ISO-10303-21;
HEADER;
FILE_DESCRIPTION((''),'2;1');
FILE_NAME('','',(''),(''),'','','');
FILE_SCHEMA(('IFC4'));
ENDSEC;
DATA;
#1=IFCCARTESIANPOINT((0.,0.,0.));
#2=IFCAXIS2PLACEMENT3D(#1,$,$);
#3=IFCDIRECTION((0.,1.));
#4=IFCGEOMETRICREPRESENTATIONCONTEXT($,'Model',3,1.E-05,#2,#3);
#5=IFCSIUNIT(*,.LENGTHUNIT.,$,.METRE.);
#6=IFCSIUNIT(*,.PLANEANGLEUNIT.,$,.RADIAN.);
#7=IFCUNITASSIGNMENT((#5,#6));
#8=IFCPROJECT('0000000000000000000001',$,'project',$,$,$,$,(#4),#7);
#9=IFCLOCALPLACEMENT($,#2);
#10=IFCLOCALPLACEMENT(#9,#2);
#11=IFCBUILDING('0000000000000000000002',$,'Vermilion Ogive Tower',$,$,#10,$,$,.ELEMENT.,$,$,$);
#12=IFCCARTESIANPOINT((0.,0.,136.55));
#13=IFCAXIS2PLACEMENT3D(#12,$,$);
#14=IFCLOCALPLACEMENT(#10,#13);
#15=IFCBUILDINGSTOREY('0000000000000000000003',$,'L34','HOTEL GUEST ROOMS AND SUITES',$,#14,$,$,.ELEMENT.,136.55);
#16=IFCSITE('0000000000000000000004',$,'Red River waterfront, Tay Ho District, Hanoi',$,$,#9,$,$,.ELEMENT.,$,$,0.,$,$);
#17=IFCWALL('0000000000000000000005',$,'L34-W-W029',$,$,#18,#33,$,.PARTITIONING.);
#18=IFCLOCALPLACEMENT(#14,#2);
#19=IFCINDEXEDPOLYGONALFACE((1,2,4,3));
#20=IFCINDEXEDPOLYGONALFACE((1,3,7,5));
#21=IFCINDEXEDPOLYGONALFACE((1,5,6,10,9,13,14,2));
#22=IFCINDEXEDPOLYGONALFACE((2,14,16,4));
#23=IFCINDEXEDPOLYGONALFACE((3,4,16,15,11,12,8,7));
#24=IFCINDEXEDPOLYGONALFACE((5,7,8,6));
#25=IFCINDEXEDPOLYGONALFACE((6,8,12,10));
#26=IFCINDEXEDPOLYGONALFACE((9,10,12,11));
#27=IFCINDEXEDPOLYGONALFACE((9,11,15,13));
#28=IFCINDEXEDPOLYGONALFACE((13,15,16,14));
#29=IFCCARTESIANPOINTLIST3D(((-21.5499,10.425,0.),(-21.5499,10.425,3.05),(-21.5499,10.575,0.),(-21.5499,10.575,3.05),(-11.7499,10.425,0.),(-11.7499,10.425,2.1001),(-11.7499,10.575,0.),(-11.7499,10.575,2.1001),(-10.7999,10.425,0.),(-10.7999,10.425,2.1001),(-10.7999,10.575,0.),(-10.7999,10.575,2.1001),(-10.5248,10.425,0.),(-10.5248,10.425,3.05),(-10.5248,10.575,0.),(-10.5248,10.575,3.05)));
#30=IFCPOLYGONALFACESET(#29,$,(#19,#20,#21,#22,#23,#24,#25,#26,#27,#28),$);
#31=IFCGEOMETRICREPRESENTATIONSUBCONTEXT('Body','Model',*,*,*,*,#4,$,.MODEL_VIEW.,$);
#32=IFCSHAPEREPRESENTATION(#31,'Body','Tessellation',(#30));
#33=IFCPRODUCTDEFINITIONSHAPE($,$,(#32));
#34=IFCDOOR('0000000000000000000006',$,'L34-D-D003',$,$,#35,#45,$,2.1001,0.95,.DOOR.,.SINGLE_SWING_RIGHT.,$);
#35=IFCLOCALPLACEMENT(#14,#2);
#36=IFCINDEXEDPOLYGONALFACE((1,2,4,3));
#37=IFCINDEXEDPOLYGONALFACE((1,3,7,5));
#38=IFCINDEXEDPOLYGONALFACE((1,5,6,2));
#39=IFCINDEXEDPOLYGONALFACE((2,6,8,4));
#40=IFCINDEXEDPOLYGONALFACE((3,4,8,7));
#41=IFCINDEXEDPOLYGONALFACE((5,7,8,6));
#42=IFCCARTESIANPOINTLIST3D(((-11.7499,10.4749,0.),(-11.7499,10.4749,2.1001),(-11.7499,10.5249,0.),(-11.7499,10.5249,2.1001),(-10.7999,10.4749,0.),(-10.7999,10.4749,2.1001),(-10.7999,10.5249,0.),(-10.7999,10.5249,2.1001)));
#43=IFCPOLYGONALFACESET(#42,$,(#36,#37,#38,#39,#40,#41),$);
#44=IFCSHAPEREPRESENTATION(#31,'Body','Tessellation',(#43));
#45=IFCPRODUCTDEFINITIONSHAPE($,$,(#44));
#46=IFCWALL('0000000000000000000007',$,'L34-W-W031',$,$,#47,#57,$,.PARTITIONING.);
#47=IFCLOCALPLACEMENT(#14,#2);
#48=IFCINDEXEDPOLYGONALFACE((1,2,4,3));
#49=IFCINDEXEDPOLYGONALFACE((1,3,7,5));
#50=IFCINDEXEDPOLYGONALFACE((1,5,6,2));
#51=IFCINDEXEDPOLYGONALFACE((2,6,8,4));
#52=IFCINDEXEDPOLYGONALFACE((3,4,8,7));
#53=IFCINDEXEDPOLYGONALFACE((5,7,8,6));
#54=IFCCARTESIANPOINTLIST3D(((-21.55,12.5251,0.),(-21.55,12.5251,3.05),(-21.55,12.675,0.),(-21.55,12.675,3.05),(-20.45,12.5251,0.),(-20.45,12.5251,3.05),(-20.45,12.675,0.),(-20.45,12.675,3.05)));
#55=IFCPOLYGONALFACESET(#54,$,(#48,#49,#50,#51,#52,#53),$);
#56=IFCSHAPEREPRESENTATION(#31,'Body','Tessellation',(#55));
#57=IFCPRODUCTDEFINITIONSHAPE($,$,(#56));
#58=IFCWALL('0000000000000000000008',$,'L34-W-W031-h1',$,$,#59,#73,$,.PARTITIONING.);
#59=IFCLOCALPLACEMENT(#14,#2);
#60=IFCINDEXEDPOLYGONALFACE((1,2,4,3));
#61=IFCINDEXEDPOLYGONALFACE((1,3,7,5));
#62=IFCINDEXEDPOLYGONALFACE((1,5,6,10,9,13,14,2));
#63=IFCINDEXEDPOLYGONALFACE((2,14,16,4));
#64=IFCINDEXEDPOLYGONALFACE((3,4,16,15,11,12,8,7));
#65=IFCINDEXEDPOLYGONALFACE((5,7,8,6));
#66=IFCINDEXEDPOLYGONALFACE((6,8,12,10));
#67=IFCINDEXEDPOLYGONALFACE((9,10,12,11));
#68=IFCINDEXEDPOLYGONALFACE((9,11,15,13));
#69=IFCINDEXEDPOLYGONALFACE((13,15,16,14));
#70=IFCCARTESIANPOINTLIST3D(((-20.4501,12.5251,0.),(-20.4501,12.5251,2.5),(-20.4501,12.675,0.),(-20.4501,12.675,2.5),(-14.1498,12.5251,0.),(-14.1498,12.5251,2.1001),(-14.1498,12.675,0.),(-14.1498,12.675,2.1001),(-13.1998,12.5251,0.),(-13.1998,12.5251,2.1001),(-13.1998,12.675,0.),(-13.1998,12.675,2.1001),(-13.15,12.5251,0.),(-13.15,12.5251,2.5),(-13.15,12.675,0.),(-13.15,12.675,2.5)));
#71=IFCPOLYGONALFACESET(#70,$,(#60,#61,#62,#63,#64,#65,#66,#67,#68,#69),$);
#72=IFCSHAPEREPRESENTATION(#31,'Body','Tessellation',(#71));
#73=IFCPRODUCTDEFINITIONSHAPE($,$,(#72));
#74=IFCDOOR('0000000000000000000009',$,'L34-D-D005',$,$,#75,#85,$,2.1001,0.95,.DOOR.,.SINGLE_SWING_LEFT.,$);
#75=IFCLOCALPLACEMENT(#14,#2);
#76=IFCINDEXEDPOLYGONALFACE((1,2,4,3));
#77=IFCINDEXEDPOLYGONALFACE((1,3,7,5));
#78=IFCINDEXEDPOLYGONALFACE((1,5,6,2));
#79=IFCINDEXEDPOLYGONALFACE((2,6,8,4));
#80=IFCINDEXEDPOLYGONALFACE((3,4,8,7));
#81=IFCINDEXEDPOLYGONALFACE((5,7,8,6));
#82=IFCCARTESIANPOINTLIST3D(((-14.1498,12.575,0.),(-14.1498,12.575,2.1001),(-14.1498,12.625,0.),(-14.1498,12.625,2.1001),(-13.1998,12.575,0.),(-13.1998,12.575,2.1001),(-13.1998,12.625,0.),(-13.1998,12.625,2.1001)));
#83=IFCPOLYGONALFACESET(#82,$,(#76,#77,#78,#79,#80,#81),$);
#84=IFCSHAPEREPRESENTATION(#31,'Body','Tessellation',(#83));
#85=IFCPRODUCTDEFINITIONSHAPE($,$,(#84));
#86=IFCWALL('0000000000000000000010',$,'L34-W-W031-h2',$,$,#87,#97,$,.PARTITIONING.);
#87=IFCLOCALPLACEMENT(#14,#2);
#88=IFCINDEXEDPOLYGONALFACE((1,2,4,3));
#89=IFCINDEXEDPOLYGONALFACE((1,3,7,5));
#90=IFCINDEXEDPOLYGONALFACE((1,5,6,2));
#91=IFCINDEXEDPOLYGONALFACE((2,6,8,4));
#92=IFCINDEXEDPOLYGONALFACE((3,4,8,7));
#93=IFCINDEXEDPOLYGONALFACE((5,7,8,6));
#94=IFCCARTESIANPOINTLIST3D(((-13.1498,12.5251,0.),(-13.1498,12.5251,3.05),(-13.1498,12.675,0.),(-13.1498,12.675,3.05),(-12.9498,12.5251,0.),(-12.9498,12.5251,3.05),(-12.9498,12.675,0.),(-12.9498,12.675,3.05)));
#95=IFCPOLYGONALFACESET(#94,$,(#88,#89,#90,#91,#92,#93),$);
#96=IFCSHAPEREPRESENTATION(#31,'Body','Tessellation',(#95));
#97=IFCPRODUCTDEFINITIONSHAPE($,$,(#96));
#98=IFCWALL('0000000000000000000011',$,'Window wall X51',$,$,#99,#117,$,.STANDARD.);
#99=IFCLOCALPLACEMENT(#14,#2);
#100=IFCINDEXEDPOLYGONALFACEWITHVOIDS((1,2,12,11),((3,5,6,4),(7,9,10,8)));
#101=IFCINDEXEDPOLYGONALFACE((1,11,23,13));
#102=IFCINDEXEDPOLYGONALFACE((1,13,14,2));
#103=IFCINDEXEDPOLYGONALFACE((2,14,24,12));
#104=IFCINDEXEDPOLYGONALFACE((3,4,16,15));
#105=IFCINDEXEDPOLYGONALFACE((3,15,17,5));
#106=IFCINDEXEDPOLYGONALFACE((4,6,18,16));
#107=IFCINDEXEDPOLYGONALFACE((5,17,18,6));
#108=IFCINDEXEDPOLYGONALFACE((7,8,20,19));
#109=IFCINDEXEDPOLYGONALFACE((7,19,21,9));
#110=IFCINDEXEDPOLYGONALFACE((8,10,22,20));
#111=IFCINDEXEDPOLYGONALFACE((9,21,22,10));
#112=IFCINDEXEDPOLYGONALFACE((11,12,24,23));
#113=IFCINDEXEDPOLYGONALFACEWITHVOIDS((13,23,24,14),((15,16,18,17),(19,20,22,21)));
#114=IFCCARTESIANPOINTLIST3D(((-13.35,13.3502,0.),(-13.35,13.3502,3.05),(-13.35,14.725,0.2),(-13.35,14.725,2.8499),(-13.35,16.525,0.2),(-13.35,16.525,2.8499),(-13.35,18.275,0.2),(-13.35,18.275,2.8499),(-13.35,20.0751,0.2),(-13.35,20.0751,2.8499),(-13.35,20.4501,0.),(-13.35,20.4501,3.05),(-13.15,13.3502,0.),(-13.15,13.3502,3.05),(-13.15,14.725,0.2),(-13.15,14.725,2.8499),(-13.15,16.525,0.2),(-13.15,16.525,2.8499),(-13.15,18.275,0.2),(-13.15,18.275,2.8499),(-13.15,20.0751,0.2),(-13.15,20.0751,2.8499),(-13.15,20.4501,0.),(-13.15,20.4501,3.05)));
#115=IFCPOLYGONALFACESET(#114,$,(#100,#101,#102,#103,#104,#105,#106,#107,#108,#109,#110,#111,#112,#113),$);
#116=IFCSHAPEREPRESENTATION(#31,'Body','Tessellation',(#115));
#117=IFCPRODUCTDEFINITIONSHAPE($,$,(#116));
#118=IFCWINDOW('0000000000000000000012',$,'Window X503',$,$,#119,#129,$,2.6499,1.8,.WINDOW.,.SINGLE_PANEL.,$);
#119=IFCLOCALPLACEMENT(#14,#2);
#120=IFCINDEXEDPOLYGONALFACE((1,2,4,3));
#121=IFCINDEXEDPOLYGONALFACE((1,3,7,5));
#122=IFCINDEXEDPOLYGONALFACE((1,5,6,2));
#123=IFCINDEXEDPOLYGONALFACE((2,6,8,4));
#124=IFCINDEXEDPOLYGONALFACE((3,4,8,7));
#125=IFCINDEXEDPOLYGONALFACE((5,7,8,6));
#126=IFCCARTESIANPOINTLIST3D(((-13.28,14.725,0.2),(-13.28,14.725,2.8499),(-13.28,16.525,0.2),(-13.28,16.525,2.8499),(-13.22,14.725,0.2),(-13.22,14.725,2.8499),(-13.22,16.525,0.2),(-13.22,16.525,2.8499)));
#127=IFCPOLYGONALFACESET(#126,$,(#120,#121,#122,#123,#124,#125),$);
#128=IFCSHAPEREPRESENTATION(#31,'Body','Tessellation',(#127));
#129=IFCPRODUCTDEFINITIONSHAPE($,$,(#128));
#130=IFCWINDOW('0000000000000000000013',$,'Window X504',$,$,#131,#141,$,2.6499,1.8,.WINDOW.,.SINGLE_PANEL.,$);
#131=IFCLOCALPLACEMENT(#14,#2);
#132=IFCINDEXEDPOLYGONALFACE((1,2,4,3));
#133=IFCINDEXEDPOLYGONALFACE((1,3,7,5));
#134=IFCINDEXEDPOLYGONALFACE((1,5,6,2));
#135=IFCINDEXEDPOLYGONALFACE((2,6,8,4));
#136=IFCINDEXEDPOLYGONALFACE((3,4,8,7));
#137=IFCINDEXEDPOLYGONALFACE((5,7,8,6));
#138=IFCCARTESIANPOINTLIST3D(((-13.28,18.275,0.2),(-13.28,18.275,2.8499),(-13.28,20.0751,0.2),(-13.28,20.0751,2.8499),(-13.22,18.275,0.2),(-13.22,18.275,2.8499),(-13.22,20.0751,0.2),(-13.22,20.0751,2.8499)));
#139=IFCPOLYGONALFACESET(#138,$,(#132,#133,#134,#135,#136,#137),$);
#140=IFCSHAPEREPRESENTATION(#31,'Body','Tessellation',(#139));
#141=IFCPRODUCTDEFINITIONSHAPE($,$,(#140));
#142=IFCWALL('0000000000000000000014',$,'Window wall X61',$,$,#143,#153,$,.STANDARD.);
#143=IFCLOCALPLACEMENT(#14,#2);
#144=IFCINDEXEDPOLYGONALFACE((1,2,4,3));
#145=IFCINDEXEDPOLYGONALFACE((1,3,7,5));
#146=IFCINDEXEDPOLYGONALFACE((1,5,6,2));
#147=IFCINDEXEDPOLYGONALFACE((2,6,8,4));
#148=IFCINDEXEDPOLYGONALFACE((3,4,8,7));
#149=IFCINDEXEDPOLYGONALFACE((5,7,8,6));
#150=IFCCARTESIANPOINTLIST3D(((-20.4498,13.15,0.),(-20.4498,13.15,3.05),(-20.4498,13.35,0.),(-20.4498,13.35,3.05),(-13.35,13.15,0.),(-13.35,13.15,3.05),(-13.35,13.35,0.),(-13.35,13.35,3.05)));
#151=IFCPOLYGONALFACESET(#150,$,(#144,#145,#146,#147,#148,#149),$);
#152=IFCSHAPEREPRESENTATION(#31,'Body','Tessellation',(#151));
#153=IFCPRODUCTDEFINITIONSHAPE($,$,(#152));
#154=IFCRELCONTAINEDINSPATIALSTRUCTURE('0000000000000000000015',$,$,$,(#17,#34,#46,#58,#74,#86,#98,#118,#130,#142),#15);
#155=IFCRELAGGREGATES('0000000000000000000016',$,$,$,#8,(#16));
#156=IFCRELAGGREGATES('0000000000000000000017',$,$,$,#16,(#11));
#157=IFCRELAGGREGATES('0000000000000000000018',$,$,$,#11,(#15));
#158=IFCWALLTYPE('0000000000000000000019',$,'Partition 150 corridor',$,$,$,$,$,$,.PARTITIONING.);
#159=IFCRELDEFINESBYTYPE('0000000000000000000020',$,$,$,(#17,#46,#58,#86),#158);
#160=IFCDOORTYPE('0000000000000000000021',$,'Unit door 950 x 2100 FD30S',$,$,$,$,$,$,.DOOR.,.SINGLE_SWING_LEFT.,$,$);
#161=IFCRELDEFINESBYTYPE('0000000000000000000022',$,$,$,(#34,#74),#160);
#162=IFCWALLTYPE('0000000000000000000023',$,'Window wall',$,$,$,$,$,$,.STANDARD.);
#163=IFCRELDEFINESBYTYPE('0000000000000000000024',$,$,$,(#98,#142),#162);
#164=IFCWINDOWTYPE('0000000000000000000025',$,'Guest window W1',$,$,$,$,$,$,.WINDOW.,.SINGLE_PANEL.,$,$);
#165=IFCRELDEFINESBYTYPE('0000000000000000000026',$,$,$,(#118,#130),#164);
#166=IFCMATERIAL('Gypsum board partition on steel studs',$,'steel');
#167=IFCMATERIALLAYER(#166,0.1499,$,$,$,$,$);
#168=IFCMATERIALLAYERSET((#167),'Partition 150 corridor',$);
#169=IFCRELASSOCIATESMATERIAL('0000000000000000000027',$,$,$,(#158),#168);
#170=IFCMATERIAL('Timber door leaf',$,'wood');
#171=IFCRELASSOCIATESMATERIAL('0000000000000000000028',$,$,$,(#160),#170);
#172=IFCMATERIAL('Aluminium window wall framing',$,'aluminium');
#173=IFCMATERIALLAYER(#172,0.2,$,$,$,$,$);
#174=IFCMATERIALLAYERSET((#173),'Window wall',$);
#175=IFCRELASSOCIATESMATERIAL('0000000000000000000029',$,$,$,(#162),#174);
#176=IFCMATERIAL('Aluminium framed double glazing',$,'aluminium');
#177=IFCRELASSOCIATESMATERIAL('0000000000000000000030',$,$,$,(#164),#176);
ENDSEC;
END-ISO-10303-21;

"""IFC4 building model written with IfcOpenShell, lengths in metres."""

from ifc_helpers import new_model, si_unit, direction, frame, frame_2d, origin, place, context, subcontext, project, spatial, rectangle, extrude, material, layer, layer_set, type_object, element, fill, save


model = new_model("IFC4")

# Units and contexts
model_context = context("Model", 3, precision=1e-05, world=origin(), true_north=direction((0.0, 1.0)))
body_context = subcontext(model_context, "Body", "Model", "MODEL_VIEW")
ifc_project = project(units=[si_unit("LENGTHUNIT", "METRE"), si_unit("PLANEANGLEUNIT", "RADIAN")], contexts=[model_context])

# Site, building, storey
site_placement = place(None, origin())
site = spatial("IfcSite", under=ifc_project, at=site_placement, Name="Red River waterfront, Tay Ho District, Hanoi", CompositionType="ELEMENT", RefElevation=0.0)
building_placement = place(site_placement, origin())
building = spatial("IfcBuilding", under=site, at=building_placement, Name="Vermilion Ogive Tower", CompositionType="ELEMENT")
storey_placement = place(building_placement, frame((0.0, 0.0, 136.55)))
storey = spatial("IfcBuildingStorey", under=building, at=storey_placement, Name="L34", Description="HOTEL GUEST ROOMS AND SUITES", CompositionType="ELEMENT", Elevation=136.55)

# Wall, opening, door
ifc_material_1 = material(Name="Gypsum board partition on steel studs", Category="steel")
ifc_layer_1 = layer(ifc_material_1, 0.1499)
ifc_layer_set_1 = layer_set([ifc_layer_1], Name="Partition 150 corridor")
wall_type_1 = type_object("IfcWallType", Name="Partition 150 corridor", PredefinedType="PARTITIONING", material=ifc_layer_set_1)
wall_1_placement = place(storey_placement, frame((-21.55, 10.5, 0.0), z_axis=(0.0, 0.0, 1.0), x_axis=(1.0, 0.0, 0.0)))
wall_1 = element("IfcWall", 1, at=wall_1_placement, inside=storey, type_object=wall_type_1, Name="L34-W-W029", PredefinedType="PARTITIONING", context=body_context, shape_type="SweptSolid", body=[
    extrude(rectangle(XDim=11.0251, YDim=0.1499, at=frame_2d((5.5127, 0.0))), origin(), (0.0, 0.0, 1.0), 3.05),
])
opening_1_placement = place(wall_1_placement, frame((9.8, 0.0, 0.0)))
opening_1 = element("IfcOpeningElement", 2, at=opening_1_placement, cuts=wall_1, PredefinedType="OPENING", context=body_context, shape_type="SweptSolid", body=[
    extrude(rectangle(XDim=0.95, YDim=2.1001, at=frame_2d((0.4751, 1.05))), frame((0.0, 0.085, 0.0), z_axis=(0.0, -1.0, 0.0), x_axis=(1.0, 0.0, 0.0)), (0.0, 0.0, 1.0), 0.1699),
])
ifc_material_2 = material(Name="Timber door leaf", Category="wood")
door_type_1 = type_object("IfcDoorType", Name="Unit door 950 x 2100 FD30S", OperationType="SINGLE_SWING_LEFT", PredefinedType="DOOR", material=ifc_material_2)
door_1_placement = place(opening_1_placement, origin())
door_1 = element("IfcDoor", 3, at=door_1_placement, inside=storey, type_object=door_type_1, Name="L34-D-D003", OperationType="SINGLE_SWING_RIGHT", OverallHeight=2.1001, OverallWidth=0.95, PredefinedType="DOOR", context=body_context, shape_type="SweptSolid", body=[
    extrude(rectangle(XDim=0.95, YDim=2.1001, at=frame_2d((0.4751, 1.05))), frame((0.0, 0.0249, 0.0), z_axis=(0.0, -1.0, 0.0), x_axis=(1.0, 0.0, 0.0)), (0.0, 0.0, 1.0), 0.05),
])
fill(opening_1, door_1)

# Wall
wall_2_placement = place(storey_placement, frame((-21.55, 12.6001, 0.0), z_axis=(0.0, 0.0, 1.0), x_axis=(1.0, 0.0, 0.0)))
element("IfcWall", 4, at=wall_2_placement, inside=storey, type_object=wall_type_1, Name="L34-W-W031", PredefinedType="PARTITIONING", context=body_context, shape_type="SweptSolid", body=[
    extrude(rectangle(XDim=1.1001, YDim=0.1499, at=frame_2d((0.55, 0.0))), origin(), (0.0, 0.0, 1.0), 3.05),
])

# Wall, opening, door
wall_3_placement = place(storey_placement, frame((-20.45, 12.6001, 0.0), z_axis=(0.0, 0.0, 1.0), x_axis=(1.0, 0.0, 0.0)))
wall_3 = element("IfcWall", 5, at=wall_3_placement, inside=storey, type_object=wall_type_1, Name="L34-W-W031-h1", PredefinedType="PARTITIONING", context=body_context, shape_type="SweptSolid", body=[
    extrude(rectangle(XDim=7.3, YDim=0.1499, at=frame_2d((3.6499, 0.0))), origin(), (0.0, 0.0, 1.0), 2.5),
])
opening_2_placement = place(wall_3_placement, frame((6.3, 0.0, 0.0)))
opening_2 = element("IfcOpeningElement", 6, at=opening_2_placement, cuts=wall_3, PredefinedType="OPENING", context=body_context, shape_type="SweptSolid", body=[
    extrude(rectangle(XDim=0.95, YDim=2.1001, at=frame_2d((0.4751, 1.05))), frame((0.0, 0.085, 0.0), z_axis=(0.0, -1.0, 0.0), x_axis=(1.0, 0.0, 0.0)), (0.0, 0.0, 1.0), 0.1699),
])
door_2_placement = place(opening_2_placement, origin())
door_2 = element("IfcDoor", 7, at=door_2_placement, inside=storey, type_object=door_type_1, Name="L34-D-D005", OperationType="SINGLE_SWING_LEFT", OverallHeight=2.1001, OverallWidth=0.95, PredefinedType="DOOR", context=body_context, shape_type="SweptSolid", body=[
    extrude(rectangle(XDim=0.95, YDim=2.1001, at=frame_2d((0.4751, 1.05))), frame((0.0, 0.0249, 0.0), z_axis=(0.0, -1.0, 0.0), x_axis=(1.0, 0.0, 0.0)), (0.0, 0.0, 1.0), 0.05),
])
fill(opening_2, door_2)

# Wall
wall_4_placement = place(storey_placement, frame((-13.1499, 12.6001, 0.0), z_axis=(0.0, 0.0, 1.0), x_axis=(1.0, 0.0, 0.0)))
element("IfcWall", 8, at=wall_4_placement, inside=storey, type_object=wall_type_1, Name="L34-W-W031-h2", PredefinedType="PARTITIONING", context=body_context, shape_type="SweptSolid", body=[
    extrude(rectangle(XDim=0.2, YDim=0.1499, at=frame_2d((0.1001, 0.0))), origin(), (0.0, 0.0, 1.0), 3.05),
])

# Wall, openings, windows
ifc_material_3 = material(Name="Aluminium window wall framing", Category="aluminium")
ifc_layer_2 = layer(ifc_material_3, 0.2)
ifc_layer_set_2 = layer_set([ifc_layer_2], Name="Window wall")
wall_type_2 = type_object("IfcWallType", Name="Window wall", PredefinedType="STANDARD", material=ifc_layer_set_2)
wall_5_placement = place(storey_placement, frame((-13.25, 20.45, 0.0), z_axis=(0.0, 0.0, 1.0), x_axis=(0.0, -1.0, 0.0)))
wall_5 = element("IfcWall", 9, at=wall_5_placement, inside=storey, type_object=wall_type_2, Name="Window wall X51", PredefinedType="STANDARD", context=body_context, shape_type="SweptSolid", body=[
    extrude(rectangle(XDim=7.0999, YDim=0.2, at=frame_2d((3.5498, 0.0))), origin(), (0.0, 0.0, 1.0), 3.05),
])
opening_3_placement = place(wall_5_placement, frame((3.925, 0.0, 0.2)))
opening_3 = element("IfcOpeningElement", 10, at=opening_3_placement, cuts=wall_5, PredefinedType="OPENING", context=body_context, shape_type="SweptSolid", body=[
    extrude(rectangle(XDim=1.8, YDim=2.6499, at=frame_2d((0.8999, 1.325))), frame((0.0, 0.1099, 0.0), z_axis=(0.0, -1.0, 0.0), x_axis=(1.0, 0.0, 0.0)), (0.0, 0.0, 1.0), 0.22),
])
opening_4_placement = place(wall_5_placement, frame((0.375, 0.0, 0.2)))
opening_4 = element("IfcOpeningElement", 11, at=opening_4_placement, cuts=wall_5, PredefinedType="OPENING", context=body_context, shape_type="SweptSolid", body=[
    extrude(rectangle(XDim=1.8, YDim=2.6499, at=frame_2d((0.8999, 1.325))), frame((0.0, 0.1099, 0.0), z_axis=(0.0, -1.0, 0.0), x_axis=(1.0, 0.0, 0.0)), (0.0, 0.0, 1.0), 0.22),
])
ifc_material_4 = material(Name="Aluminium framed double glazing", Category="aluminium")
window_type = type_object("IfcWindowType", Name="Guest window W1", PartitioningType="SINGLE_PANEL", PredefinedType="WINDOW", material=ifc_material_4)
window_1_placement = place(opening_3_placement, origin())
window_1 = element("IfcWindow", 12, at=window_1_placement, inside=storey, type_object=window_type, Name="Window X503", OverallHeight=2.6499, OverallWidth=1.8, PartitioningType="SINGLE_PANEL", PredefinedType="WINDOW", context=body_context, shape_type="SweptSolid", body=[
    extrude(rectangle(XDim=1.8, YDim=2.6499, at=frame_2d((0.8999, 1.325))), frame((0.0, 0.03, 0.0), z_axis=(0.0, -1.0, 0.0), x_axis=(1.0, 0.0, 0.0)), (0.0, 0.0, 1.0), 0.0601),
])
fill(opening_3, window_1)
window_2_placement = place(opening_4_placement, origin())
window_2 = element("IfcWindow", 13, at=window_2_placement, inside=storey, type_object=window_type, Name="Window X504", OverallHeight=2.6499, OverallWidth=1.8, PartitioningType="SINGLE_PANEL", PredefinedType="WINDOW", context=body_context, shape_type="SweptSolid", body=[
    extrude(rectangle(XDim=1.8, YDim=2.6499, at=frame_2d((0.8999, 1.325))), frame((0.0, 0.03, 0.0), z_axis=(0.0, -1.0, 0.0), x_axis=(1.0, 0.0, 0.0)), (0.0, 0.0, 1.0), 0.0601),
])
fill(opening_4, window_2)

# Wall
wall_6_placement = place(storey_placement, frame((-13.3501, 13.25, 0.0), z_axis=(0.0, 0.0, 1.0), x_axis=(-1.0, 0.0, 0.0)))
element("IfcWall", 14, at=wall_6_placement, inside=storey, type_object=wall_type_2, Name="Window wall X61", PredefinedType="STANDARD", context=body_context, shape_type="SweptSolid", body=[
    extrude(rectangle(XDim=7.0999, YDim=0.2, at=frame_2d((3.5498, 0.0))), origin(), (0.0, 0.0, 1.0), 3.05),
])

save(model, "model.ifc")
